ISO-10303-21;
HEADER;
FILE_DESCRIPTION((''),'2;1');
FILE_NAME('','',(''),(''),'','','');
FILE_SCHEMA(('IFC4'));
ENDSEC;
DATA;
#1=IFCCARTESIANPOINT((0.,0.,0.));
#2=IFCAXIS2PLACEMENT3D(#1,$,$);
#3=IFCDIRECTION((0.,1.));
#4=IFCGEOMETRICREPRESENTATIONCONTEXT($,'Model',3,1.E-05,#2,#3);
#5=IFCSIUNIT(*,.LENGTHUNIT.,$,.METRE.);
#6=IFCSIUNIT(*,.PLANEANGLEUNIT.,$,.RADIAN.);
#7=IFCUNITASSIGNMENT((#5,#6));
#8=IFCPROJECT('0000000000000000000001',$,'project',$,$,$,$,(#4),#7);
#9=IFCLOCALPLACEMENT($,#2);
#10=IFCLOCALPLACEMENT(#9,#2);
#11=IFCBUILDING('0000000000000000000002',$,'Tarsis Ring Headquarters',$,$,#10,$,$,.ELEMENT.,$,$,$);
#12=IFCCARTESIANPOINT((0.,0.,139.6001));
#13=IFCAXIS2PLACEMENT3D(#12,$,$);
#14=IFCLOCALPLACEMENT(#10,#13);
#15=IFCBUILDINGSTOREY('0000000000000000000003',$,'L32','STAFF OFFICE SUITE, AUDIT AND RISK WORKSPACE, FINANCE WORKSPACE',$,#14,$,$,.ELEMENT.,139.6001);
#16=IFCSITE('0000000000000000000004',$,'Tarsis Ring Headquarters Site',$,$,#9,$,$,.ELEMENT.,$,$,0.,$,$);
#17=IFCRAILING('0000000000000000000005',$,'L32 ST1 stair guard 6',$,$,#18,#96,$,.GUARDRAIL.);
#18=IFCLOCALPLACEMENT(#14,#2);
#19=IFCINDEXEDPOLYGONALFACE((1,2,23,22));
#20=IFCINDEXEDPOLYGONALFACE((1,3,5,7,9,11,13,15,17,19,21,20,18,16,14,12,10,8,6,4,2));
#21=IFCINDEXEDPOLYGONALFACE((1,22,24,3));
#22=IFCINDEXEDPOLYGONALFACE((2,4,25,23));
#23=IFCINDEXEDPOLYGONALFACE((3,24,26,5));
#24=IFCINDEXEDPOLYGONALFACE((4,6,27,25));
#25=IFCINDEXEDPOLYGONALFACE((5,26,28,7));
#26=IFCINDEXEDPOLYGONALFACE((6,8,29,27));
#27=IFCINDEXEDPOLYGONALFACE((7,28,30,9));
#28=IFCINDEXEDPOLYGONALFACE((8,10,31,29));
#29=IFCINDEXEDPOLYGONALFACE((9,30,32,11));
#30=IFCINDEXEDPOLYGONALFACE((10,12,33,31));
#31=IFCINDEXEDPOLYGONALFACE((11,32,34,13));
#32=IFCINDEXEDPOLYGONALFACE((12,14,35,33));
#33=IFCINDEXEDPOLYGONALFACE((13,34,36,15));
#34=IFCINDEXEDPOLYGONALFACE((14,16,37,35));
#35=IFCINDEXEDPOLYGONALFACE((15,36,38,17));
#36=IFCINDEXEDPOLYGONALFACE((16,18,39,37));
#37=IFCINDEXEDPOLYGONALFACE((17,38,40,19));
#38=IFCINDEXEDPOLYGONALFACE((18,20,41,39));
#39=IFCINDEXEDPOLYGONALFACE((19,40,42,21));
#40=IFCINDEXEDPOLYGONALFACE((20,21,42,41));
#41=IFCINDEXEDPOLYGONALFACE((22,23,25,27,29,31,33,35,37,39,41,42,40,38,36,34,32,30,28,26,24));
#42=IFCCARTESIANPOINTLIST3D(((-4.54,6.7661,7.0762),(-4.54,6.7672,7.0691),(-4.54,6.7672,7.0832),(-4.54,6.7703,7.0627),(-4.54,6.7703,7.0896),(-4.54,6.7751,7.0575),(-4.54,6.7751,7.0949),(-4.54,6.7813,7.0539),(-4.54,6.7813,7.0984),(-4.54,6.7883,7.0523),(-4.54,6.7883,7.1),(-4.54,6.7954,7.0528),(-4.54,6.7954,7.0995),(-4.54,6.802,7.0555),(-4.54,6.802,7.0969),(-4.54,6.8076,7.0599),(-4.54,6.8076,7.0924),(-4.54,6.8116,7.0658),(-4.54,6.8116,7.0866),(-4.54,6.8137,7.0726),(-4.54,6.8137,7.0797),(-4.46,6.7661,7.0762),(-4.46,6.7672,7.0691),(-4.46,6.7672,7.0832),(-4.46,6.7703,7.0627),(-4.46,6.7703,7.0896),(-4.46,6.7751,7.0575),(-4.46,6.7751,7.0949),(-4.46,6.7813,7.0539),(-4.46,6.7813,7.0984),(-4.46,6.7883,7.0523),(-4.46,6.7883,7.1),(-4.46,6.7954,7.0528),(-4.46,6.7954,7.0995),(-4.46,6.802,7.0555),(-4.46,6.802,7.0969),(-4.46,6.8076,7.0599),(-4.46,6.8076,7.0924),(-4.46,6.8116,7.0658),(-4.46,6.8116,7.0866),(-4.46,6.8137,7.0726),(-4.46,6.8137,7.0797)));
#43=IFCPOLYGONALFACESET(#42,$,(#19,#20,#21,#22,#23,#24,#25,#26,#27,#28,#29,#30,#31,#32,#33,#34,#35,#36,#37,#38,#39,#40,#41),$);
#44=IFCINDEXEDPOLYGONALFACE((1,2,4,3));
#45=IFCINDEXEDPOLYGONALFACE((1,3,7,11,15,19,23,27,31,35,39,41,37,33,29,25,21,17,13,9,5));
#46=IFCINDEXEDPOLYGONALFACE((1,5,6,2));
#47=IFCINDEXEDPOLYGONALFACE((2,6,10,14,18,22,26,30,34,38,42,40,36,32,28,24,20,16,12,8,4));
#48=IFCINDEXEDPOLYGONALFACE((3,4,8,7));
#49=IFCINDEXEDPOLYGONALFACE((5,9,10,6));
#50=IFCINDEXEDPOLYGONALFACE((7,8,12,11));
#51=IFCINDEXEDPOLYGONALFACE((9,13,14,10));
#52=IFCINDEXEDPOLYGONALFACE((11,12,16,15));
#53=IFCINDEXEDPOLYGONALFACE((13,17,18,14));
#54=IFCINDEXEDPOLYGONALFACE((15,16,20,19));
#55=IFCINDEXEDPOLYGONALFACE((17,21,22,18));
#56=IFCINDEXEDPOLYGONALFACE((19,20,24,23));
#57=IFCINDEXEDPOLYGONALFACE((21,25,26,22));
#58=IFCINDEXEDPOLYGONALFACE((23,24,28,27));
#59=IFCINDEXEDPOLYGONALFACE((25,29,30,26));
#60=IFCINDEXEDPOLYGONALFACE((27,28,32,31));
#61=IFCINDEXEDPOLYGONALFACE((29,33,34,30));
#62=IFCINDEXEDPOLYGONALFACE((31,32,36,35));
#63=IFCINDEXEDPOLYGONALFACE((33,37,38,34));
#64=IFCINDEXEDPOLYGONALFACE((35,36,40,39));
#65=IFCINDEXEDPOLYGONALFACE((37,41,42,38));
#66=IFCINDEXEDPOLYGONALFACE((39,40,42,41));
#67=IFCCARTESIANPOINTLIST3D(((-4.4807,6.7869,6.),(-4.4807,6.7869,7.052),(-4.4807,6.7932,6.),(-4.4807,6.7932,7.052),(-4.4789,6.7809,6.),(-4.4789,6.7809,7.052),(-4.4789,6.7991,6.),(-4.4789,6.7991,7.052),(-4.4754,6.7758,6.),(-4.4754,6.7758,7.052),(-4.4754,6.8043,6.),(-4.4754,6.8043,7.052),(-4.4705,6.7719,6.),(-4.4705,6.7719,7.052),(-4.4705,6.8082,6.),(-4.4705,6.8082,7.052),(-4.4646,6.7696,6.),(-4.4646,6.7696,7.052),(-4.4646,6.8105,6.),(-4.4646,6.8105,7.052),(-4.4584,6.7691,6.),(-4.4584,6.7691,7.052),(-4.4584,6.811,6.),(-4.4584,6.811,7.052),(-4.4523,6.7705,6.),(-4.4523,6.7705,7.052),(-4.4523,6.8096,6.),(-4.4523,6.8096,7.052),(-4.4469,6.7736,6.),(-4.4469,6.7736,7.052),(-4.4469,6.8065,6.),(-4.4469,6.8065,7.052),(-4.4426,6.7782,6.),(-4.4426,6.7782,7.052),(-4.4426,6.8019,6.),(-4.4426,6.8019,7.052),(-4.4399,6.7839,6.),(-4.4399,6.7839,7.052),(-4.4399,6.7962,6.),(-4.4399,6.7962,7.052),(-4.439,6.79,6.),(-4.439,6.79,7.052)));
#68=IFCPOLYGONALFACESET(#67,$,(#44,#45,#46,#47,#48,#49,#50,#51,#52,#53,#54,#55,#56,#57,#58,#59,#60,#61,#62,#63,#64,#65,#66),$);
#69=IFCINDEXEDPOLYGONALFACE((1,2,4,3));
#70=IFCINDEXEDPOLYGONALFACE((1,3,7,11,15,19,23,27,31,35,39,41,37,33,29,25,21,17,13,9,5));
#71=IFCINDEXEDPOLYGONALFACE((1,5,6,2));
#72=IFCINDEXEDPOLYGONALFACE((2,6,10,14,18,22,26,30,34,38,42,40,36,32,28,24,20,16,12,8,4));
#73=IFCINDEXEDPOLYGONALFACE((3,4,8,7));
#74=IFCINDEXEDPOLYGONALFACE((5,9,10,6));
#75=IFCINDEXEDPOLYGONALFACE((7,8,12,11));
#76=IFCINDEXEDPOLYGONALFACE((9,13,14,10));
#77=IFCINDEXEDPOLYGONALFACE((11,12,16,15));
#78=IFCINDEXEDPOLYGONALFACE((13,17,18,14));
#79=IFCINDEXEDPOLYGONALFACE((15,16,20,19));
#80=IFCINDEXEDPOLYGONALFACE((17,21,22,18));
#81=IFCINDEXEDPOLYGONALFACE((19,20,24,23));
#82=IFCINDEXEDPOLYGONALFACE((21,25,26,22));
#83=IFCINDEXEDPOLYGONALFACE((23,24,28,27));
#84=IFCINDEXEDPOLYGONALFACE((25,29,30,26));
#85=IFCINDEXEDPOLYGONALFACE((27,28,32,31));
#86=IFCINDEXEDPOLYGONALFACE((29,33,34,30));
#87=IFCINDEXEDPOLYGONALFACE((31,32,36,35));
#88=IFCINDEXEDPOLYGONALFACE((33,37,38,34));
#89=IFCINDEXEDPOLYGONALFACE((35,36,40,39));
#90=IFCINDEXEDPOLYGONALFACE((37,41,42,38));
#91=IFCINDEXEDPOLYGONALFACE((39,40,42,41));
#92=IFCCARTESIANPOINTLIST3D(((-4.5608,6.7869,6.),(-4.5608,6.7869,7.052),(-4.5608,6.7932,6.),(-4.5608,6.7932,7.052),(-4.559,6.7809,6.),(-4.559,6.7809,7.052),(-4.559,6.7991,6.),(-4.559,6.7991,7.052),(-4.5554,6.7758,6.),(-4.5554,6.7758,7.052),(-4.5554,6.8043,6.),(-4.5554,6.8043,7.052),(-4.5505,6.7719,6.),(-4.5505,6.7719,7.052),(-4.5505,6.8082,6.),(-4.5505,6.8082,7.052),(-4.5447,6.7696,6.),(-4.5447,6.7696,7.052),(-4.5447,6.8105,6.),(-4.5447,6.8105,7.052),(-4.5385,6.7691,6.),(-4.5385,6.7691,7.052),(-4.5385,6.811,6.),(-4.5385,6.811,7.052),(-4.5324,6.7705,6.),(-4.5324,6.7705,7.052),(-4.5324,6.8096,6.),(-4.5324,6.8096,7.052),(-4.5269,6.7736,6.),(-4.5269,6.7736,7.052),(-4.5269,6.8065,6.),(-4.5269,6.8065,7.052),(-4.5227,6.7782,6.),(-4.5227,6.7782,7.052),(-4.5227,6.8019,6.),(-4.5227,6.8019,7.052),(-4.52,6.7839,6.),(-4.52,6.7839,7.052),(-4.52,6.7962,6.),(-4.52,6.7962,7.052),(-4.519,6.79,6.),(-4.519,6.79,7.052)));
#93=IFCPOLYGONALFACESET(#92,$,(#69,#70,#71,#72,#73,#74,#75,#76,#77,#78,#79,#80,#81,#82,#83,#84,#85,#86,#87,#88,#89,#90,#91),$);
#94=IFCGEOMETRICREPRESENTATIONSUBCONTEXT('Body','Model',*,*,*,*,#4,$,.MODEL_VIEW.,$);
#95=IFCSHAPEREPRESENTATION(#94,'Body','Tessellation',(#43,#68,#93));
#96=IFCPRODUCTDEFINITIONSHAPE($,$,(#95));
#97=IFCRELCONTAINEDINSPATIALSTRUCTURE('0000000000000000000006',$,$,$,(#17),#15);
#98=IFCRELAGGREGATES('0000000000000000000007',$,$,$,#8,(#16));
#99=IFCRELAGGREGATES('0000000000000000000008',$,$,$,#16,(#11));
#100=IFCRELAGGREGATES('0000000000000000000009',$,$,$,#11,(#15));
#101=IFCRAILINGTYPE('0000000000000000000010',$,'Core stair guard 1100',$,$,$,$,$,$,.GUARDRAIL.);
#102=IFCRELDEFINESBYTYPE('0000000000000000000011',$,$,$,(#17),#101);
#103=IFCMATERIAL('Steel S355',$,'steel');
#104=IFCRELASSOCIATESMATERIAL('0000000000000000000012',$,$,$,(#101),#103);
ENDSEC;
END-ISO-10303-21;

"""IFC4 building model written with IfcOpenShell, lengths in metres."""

from ifc_helpers import new_model, si_unit, direction, frame, origin, origin_2d, place, context, subcontext, project, spatial, circle, extrude, material, type_object, element, save


model = new_model("IFC4")

# Units and contexts
model_context = context("Model", 3, precision=1e-05, world=origin(), true_north=direction((0.0, 1.0)))
body_context = subcontext(model_context, "Body", "Model", "MODEL_VIEW")
ifc_project = project(units=[si_unit("LENGTHUNIT", "METRE"), si_unit("PLANEANGLEUNIT", "RADIAN")], contexts=[model_context])

# Site, building, storey
site_placement = place(None, origin())
site = spatial("IfcSite", under=ifc_project, at=site_placement, Name="Tarsis Ring Headquarters Site", CompositionType="ELEMENT", RefElevation=0.0)
building_placement = place(site_placement, origin())
building = spatial("IfcBuilding", under=site, at=building_placement, Name="Tarsis Ring Headquarters", CompositionType="ELEMENT")
storey_placement = place(building_placement, frame((0.0, 0.0, 139.6001)))
storey = spatial("IfcBuildingStorey", under=building, at=storey_placement, Name="L32", Description="STAFF OFFICE SUITE, AUDIT AND RISK WORKSPACE, FINANCE WORKSPACE", CompositionType="ELEMENT", Elevation=139.6001)

# Shared definitions
ifc_material_1 = material(Name="Steel S355", Category="steel")

# Railing
railing_type_1 = type_object("IfcRailingType", Name="Core stair guard 1100", PredefinedType="GUARDRAIL", material=ifc_material_1)
railing_1_placement = place(storey_placement, frame((-4.46, 6.79, 6.0)))
element("IfcRailing", 1, at=railing_1_placement, inside=storey, type_object=railing_type_1, Name="L32 ST1 stair guard 6", PredefinedType="GUARDRAIL", context=body_context, shape_type="SweptSolid", body=[
    extrude(circle(Radius=0.0239, at=origin_2d()), frame((0.0, 0.0, 1.0762), z_axis=(-1.0, 0.0, 0.0), x_axis=(0.0, -1.0, 0.0)), (0.0, 0.0, 1.0), 0.0801),
    extrude(circle(Radius=0.021, at=origin_2d()), origin(), (0.0, 0.0, 1.0), 1.052),
    extrude(circle(Radius=0.021, at=origin_2d()), frame((-0.0801, 0.0, 0.0)), (0.0, 0.0, 1.0), 1.052),
])

save(model, "model.ifc")
